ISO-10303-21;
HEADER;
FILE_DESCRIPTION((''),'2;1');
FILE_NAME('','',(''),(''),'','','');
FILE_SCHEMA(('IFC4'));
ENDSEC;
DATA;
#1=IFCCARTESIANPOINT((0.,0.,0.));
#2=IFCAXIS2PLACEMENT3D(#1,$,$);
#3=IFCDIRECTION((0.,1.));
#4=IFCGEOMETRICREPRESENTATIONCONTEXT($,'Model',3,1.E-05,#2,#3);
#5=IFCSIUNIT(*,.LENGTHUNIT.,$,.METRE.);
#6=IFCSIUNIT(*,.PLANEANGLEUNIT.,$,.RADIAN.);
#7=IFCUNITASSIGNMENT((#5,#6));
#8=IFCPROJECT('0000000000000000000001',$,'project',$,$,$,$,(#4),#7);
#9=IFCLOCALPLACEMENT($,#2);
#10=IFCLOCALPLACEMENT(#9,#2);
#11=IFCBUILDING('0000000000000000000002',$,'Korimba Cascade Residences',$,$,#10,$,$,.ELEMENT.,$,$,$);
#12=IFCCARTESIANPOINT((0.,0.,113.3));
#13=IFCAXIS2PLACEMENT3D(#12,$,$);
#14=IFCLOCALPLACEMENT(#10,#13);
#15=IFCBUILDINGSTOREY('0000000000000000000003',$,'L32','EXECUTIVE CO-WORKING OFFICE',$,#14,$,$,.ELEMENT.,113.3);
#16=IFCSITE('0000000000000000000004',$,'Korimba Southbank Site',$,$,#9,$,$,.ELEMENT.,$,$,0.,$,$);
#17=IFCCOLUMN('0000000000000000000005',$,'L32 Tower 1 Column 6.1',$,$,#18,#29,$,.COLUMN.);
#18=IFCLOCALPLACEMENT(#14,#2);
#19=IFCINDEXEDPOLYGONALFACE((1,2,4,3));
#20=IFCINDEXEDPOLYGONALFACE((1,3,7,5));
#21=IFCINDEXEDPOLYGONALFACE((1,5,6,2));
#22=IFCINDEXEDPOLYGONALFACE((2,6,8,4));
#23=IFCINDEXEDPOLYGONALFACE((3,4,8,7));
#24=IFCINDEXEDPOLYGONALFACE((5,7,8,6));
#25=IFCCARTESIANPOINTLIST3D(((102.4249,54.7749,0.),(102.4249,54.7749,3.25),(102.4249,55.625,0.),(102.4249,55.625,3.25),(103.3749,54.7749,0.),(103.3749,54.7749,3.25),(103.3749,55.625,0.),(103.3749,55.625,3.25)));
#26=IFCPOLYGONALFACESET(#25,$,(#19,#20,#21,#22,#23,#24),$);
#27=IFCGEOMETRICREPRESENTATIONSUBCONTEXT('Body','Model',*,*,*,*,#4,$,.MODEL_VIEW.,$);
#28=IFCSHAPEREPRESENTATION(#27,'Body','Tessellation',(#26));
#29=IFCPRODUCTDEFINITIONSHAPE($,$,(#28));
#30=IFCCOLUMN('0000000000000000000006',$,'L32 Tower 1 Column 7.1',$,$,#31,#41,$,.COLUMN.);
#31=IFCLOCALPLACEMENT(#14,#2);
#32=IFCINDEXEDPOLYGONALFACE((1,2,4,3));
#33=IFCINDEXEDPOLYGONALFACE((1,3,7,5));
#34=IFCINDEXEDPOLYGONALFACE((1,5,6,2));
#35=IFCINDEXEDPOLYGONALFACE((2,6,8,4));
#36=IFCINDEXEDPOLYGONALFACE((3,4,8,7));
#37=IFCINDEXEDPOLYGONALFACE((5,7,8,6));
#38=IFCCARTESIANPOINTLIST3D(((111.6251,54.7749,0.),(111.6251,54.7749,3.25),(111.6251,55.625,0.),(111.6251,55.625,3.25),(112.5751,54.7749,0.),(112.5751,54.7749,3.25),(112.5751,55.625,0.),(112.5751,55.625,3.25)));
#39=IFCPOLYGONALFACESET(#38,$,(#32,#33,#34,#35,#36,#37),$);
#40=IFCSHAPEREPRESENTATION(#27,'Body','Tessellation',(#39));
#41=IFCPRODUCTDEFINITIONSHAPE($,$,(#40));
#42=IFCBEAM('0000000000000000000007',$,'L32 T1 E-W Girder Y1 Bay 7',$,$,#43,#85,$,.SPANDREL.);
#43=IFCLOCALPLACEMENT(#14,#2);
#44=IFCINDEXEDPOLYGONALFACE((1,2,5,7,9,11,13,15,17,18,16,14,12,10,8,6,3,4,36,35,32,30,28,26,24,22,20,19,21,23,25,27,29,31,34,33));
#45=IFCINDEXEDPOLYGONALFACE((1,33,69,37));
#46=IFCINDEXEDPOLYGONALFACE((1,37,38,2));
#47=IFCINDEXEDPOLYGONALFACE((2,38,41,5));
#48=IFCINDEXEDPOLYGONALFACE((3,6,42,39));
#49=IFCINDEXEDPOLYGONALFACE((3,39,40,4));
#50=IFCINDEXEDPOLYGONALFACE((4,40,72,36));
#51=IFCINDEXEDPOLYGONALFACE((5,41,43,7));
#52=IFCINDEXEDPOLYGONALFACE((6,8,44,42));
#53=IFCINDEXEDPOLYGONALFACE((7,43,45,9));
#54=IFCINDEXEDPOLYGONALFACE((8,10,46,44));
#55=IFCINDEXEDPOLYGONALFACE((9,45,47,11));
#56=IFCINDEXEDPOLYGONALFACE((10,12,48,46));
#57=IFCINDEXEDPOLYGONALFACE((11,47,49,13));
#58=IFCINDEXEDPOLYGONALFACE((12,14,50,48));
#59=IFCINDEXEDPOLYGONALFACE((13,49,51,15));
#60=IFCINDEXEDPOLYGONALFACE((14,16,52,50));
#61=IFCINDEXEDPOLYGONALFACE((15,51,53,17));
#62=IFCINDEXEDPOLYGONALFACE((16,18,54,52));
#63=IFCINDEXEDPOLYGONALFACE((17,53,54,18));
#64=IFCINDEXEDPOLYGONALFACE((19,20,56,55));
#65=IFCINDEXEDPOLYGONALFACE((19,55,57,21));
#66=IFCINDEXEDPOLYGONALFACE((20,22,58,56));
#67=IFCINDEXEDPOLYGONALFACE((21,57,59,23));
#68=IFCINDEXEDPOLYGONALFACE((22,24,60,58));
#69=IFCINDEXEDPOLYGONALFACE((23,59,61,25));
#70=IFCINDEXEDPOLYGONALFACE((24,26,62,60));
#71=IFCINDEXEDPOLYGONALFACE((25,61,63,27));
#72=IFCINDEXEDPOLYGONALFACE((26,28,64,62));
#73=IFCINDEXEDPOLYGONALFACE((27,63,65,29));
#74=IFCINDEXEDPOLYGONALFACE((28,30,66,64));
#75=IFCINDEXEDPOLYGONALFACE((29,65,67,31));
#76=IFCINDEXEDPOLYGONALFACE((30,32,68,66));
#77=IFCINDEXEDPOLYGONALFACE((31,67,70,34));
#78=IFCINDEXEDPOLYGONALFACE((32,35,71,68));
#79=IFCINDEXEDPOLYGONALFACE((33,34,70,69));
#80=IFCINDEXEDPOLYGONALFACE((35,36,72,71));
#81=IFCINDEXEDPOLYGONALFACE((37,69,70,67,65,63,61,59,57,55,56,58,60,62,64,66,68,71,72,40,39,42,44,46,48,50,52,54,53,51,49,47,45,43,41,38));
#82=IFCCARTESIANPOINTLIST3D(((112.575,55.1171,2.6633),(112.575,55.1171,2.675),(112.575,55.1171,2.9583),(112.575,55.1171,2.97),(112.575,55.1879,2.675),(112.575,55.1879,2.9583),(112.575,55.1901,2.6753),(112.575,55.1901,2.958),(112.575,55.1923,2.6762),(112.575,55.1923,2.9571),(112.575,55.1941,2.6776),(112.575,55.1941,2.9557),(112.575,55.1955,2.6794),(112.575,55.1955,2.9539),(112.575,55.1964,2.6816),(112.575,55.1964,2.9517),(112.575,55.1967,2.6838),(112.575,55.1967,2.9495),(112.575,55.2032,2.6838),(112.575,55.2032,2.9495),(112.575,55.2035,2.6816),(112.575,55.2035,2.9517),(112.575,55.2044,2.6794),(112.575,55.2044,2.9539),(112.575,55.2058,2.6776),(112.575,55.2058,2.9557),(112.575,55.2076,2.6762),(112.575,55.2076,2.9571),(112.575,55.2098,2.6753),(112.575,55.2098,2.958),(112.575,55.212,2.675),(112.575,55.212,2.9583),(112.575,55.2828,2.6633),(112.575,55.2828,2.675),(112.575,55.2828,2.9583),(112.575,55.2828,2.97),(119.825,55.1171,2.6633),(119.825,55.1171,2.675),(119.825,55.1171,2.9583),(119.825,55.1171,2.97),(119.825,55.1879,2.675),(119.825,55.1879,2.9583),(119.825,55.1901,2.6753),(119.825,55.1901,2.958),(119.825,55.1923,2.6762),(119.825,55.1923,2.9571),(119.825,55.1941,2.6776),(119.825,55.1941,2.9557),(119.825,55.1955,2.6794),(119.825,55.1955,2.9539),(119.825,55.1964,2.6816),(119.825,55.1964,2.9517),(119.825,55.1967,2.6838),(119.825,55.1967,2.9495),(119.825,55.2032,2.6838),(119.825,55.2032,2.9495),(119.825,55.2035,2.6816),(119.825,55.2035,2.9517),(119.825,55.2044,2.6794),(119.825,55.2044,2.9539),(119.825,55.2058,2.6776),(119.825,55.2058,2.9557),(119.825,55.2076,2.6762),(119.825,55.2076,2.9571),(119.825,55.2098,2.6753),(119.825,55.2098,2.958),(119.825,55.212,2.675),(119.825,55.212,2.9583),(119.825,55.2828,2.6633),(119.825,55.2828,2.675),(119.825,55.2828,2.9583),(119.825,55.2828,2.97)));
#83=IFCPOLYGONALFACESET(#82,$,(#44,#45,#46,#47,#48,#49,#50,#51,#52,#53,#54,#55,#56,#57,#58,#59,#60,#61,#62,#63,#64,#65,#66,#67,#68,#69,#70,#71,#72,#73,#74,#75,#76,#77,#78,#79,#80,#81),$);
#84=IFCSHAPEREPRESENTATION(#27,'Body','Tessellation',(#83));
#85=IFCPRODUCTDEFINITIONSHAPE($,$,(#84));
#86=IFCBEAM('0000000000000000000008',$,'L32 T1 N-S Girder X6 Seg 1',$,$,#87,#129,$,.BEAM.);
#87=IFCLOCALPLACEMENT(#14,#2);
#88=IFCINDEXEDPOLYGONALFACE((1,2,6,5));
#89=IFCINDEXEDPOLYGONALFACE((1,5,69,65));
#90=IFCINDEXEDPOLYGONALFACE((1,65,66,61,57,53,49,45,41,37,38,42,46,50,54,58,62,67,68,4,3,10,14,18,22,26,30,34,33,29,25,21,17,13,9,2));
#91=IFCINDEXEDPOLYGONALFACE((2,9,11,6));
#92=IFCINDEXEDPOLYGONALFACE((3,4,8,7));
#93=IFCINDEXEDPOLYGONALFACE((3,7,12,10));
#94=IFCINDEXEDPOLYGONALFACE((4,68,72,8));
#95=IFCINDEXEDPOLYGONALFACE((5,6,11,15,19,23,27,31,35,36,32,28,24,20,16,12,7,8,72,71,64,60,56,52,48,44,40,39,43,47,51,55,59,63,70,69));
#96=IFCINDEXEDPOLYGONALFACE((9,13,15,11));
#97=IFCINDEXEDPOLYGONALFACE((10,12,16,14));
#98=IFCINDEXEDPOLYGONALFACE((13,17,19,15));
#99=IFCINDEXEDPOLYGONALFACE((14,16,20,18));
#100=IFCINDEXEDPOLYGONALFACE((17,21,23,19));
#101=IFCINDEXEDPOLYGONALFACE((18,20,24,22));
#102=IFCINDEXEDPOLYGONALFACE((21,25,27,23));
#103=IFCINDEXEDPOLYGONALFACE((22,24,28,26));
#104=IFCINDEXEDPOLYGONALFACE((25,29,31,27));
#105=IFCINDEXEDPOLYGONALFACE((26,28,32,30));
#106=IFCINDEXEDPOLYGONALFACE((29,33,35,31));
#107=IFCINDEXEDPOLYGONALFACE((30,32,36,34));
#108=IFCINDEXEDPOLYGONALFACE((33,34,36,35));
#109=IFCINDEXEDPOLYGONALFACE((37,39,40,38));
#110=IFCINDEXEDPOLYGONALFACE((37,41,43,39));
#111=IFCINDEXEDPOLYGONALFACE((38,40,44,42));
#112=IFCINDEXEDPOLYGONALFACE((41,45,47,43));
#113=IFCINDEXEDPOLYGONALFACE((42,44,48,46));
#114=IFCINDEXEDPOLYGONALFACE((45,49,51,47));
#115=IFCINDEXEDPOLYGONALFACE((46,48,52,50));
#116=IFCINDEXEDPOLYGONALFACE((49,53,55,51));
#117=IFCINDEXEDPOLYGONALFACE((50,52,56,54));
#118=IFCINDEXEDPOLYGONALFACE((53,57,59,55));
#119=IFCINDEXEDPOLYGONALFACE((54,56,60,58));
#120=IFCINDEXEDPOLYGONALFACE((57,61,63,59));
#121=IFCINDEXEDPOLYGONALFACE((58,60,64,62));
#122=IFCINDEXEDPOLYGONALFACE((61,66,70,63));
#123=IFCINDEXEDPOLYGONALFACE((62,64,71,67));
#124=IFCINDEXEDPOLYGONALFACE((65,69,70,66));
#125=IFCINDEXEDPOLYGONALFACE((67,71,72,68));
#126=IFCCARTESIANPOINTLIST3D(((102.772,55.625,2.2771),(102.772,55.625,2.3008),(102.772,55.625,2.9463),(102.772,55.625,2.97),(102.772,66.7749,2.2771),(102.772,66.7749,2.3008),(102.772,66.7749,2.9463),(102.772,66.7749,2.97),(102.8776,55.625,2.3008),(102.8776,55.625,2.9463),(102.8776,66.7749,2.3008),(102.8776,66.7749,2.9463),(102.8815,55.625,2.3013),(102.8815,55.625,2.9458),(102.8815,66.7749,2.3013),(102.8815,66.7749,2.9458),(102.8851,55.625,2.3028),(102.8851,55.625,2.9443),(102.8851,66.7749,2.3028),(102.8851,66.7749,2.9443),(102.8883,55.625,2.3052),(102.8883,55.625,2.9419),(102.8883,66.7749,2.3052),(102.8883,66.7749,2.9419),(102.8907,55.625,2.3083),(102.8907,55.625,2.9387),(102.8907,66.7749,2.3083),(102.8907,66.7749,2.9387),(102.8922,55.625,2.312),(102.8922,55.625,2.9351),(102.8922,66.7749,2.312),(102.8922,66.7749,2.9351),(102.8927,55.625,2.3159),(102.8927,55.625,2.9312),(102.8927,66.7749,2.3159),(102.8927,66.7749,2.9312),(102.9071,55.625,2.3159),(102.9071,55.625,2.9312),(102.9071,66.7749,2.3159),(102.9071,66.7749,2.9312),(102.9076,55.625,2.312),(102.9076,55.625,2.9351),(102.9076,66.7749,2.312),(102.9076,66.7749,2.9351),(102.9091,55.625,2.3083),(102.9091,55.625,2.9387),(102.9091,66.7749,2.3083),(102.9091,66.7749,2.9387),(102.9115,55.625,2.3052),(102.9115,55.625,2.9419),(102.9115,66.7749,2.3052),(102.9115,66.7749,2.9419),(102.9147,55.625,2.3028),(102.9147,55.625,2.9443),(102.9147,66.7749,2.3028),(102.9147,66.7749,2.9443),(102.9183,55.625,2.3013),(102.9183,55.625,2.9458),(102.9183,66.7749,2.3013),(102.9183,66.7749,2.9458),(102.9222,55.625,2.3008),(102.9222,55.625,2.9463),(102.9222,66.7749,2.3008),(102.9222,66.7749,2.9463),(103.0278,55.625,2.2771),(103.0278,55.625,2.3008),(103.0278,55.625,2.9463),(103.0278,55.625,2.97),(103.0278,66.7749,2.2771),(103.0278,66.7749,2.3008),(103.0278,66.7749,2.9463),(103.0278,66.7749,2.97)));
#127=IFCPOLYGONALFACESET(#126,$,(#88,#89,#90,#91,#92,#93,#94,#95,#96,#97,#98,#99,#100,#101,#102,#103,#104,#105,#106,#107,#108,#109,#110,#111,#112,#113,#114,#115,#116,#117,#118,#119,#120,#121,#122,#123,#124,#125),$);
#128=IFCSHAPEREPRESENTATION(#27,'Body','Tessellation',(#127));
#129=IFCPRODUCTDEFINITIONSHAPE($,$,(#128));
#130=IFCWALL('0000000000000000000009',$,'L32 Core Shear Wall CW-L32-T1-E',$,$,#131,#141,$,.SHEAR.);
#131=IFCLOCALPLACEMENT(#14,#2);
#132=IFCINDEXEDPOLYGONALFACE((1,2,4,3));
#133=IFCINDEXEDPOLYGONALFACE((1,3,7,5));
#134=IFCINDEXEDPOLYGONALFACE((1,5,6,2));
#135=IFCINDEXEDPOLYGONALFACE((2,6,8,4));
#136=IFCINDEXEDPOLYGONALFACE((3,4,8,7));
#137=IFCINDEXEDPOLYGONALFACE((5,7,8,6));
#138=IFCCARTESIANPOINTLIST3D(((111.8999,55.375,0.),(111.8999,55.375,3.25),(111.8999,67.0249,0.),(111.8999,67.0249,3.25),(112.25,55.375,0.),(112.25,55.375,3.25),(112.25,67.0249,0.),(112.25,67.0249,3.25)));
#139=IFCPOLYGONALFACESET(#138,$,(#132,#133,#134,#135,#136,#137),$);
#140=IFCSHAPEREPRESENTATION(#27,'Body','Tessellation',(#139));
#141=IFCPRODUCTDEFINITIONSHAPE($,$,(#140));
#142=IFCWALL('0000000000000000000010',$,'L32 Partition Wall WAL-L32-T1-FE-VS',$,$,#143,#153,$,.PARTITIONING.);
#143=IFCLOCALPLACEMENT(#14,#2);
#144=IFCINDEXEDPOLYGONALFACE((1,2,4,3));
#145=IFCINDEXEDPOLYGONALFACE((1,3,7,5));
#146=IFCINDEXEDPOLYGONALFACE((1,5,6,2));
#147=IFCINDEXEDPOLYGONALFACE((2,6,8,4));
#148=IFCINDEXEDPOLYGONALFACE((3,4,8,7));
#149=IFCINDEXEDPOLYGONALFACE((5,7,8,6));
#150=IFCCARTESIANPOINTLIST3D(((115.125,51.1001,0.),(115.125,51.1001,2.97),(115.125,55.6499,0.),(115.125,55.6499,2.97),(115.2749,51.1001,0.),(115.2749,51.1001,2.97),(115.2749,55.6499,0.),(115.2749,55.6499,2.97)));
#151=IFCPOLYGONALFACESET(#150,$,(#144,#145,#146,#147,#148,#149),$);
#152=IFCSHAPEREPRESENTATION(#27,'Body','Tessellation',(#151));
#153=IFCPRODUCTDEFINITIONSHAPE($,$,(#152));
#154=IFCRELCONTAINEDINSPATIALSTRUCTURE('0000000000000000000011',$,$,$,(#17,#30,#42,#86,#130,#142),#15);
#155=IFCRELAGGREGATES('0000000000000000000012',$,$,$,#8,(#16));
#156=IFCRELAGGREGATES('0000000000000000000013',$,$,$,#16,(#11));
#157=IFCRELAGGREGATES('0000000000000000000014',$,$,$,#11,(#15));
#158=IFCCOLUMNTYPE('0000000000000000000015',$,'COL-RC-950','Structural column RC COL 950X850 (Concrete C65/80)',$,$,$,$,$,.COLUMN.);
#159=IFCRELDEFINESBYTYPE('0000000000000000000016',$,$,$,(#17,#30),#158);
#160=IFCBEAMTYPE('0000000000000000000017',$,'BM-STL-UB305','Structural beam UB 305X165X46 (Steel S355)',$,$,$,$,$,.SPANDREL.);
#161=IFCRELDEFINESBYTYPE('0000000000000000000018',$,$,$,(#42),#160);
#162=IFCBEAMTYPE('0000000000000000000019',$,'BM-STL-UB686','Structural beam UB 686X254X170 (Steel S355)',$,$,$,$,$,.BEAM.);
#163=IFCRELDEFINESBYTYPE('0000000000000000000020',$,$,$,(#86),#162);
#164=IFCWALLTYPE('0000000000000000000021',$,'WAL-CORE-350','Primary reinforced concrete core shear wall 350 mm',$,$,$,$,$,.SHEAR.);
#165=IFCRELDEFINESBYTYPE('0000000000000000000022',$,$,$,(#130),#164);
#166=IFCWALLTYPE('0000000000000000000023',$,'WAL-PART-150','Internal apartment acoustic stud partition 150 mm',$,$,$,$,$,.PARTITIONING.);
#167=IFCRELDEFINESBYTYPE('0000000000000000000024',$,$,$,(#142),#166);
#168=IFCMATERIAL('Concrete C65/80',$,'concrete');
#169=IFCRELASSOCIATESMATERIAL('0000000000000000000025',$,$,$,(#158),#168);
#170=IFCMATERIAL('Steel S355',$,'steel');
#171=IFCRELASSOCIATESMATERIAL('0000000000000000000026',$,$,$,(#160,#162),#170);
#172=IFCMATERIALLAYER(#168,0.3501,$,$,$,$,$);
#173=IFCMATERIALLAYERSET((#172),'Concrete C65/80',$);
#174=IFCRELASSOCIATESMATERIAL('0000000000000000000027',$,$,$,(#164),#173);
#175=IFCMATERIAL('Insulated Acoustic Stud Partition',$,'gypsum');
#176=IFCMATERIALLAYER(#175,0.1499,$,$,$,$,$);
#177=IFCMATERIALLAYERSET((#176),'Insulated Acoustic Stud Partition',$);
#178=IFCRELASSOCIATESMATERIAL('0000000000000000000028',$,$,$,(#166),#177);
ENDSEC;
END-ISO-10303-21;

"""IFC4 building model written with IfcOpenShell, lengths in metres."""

from ifc_helpers import new_model, si_unit, direction, frame, frame_2d, origin, origin_2d, place, context, subcontext, project, spatial, rectangle, i_section, extrude, material, layer, layer_set, material_profile, profile_set, type_object, element, save


model = new_model("IFC4")

# Units and contexts
model_context = context("Model", 3, precision=1e-05, world=origin(), true_north=direction((0.0, 1.0)))
body_context = subcontext(model_context, "Body", "Model", "MODEL_VIEW")
ifc_project = project(units=[si_unit("LENGTHUNIT", "METRE"), si_unit("PLANEANGLEUNIT", "RADIAN")], contexts=[model_context])

# Site, building, storey
site_placement = place(None, origin())
site = spatial("IfcSite", under=ifc_project, at=site_placement, Name="Korimba Southbank Site", CompositionType="ELEMENT", RefElevation=0.0)
building_placement = place(site_placement, origin())
building = spatial("IfcBuilding", under=site, at=building_placement, Name="Korimba Cascade Residences", CompositionType="ELEMENT")
storey_placement = place(building_placement, frame((0.0, 0.0, 113.3)))
storey = spatial("IfcBuildingStorey", under=building, at=storey_placement, Name="L32", Description="EXECUTIVE CO-WORKING OFFICE", CompositionType="ELEMENT", Elevation=113.3)

# Columns
ifc_material_1 = material(Name="Concrete C65/80", Category="concrete")
ifc_material_profile_1 = material_profile(ifc_material_1, rectangle(XDim=0.95, YDim=0.8501, at=origin_2d()), Name="Concrete C65/80")
ifc_profile_set_1 = profile_set([ifc_material_profile_1], Name="Concrete C65/80")
column_type = type_object("IfcColumnType", Name="COL-RC-950", Description="Structural column RC COL 950X850 (Concrete C65/80)", PredefinedType="COLUMN", material=ifc_profile_set_1)
for number, where, z_axis, x_axis, name in (
    (1, (102.8999, 55.2, 0.0), (0.0, 0.0, 1.0), (1.0, 0.0, 0.0), "L32 Tower 1 Column 6.1"),
    (2, (112.1001, 55.2, 0.0), (0.0, 0.0, 1.0), (1.0, 0.0, 0.0), "L32 Tower 1 Column 7.1"),
):
    element("IfcColumn", number, at=place(storey_placement, frame(where, z_axis=z_axis, x_axis=x_axis)), inside=storey, type_object=column_type, Name=name, PredefinedType="COLUMN", context=body_context, shape_type="SweptSolid", body=[
        extrude(rectangle(XDim=0.95, YDim=0.8501, at=origin_2d()), origin(), (0.0, 0.0, 1.0), 3.25),
    ])

# Beams
ifc_material_2 = material(Name="Steel S355", Category="steel")
ifc_material_profile_2 = material_profile(ifc_material_2, i_section(OverallWidth=0.1658, OverallDepth=0.3066, WebThickness=0.0066, FlangeThickness=0.0117, FilletRadius=0.0088, at=origin_2d()), Name="Steel S355")
ifc_profile_set_2 = profile_set([ifc_material_profile_2], Name="Steel S355")
beam_type_1 = type_object("IfcBeamType", Name="BM-STL-UB305", Description="Structural beam UB 305X165X46 (Steel S355)", PredefinedType="SPANDREL", material=ifc_profile_set_2)
beam_1_placement = place(storey_placement, frame((112.575, 55.2, 2.8167), z_axis=(1.0, 0.0, 0.0), x_axis=(0.0, 1.0, 0.0)))
element("IfcBeam", 3, at=beam_1_placement, inside=storey, type_object=beam_type_1, Name="L32 T1 E-W Girder Y1 Bay 7", PredefinedType="SPANDREL", context=body_context, shape_type="SweptSolid", body=[
    extrude(i_section(OverallWidth=0.1658, OverallDepth=0.3066, WebThickness=0.0066, FlangeThickness=0.0117, FilletRadius=0.0088, at=origin_2d()), origin(), (0.0, 0.0, 1.0), 7.25),
])
ifc_material_profile_3 = material_profile(ifc_material_2, i_section(OverallWidth=0.2559, OverallDepth=0.6929, WebThickness=0.0144, FlangeThickness=0.0237, FilletRadius=0.0151, at=origin_2d()), Name="Steel S355")
ifc_profile_set_3 = profile_set([ifc_material_profile_3], Name="Steel S355")
beam_type_2 = type_object("IfcBeamType", Name="BM-STL-UB686", Description="Structural beam UB 686X254X170 (Steel S355)", PredefinedType="BEAM", material=ifc_profile_set_3)
beam_2_placement = place(storey_placement, frame((102.8999, 55.625, 2.6235), z_axis=(0.0, 1.0, 0.0), x_axis=(-1.0, 0.0, 0.0)))
element("IfcBeam", 4, at=beam_2_placement, inside=storey, type_object=beam_type_2, Name="L32 T1 N-S Girder X6 Seg 1", PredefinedType="BEAM", context=body_context, shape_type="SweptSolid", body=[
    extrude(i_section(OverallWidth=0.2559, OverallDepth=0.6929, WebThickness=0.0144, FlangeThickness=0.0237, FilletRadius=0.0151, at=origin_2d()), origin(), (0.0, 0.0, 1.0), 11.1499),
])

# Walls
ifc_layer_1 = layer(ifc_material_1, 0.3501)
ifc_layer_set_1 = layer_set([ifc_layer_1], Name="Concrete C65/80")
wall_type_1 = type_object("IfcWallType", Name="WAL-CORE-350", Description="Primary reinforced concrete core shear wall 350 mm", PredefinedType="SHEAR", material=ifc_layer_set_1)
wall_1_placement = place(storey_placement, frame((112.075, 55.375, 0.0), z_axis=(0.0, 0.0, 1.0), x_axis=(0.0, 1.0, 0.0)))
element("IfcWall", 5, at=wall_1_placement, inside=storey, type_object=wall_type_1, Name="L32 Core Shear Wall CW-L32-T1-E", PredefinedType="SHEAR", context=body_context, shape_type="SweptSolid", body=[
    extrude(rectangle(XDim=11.6499, YDim=0.3501, at=frame_2d((5.825, 0.0))), origin(), (0.0, 0.0, 1.0), 3.25),
])
ifc_material_3 = material(Name="Insulated Acoustic Stud Partition", Category="gypsum")
ifc_layer_2 = layer(ifc_material_3, 0.1499)
ifc_layer_set_2 = layer_set([ifc_layer_2], Name="Insulated Acoustic Stud Partition")
wall_type_2 = type_object("IfcWallType", Name="WAL-PART-150", Description="Internal apartment acoustic stud partition 150 mm", PredefinedType="PARTITIONING", material=ifc_layer_set_2)
wall_2_placement = place(storey_placement, frame((115.2, 51.1001, 0.0), z_axis=(0.0, 0.0, 1.0), x_axis=(0.0, 1.0, 0.0)))
element("IfcWall", 6, at=wall_2_placement, inside=storey, type_object=wall_type_2, Name="L32 Partition Wall WAL-L32-T1-FE-VS", PredefinedType="PARTITIONING", context=body_context, shape_type="SweptSolid", body=[
    extrude(rectangle(XDim=4.5498, YDim=0.1499, at=frame_2d((2.2749, 0.0))), origin(), (0.0, 0.0, 1.0), 2.97),
])

save(model, "model.ifc")
